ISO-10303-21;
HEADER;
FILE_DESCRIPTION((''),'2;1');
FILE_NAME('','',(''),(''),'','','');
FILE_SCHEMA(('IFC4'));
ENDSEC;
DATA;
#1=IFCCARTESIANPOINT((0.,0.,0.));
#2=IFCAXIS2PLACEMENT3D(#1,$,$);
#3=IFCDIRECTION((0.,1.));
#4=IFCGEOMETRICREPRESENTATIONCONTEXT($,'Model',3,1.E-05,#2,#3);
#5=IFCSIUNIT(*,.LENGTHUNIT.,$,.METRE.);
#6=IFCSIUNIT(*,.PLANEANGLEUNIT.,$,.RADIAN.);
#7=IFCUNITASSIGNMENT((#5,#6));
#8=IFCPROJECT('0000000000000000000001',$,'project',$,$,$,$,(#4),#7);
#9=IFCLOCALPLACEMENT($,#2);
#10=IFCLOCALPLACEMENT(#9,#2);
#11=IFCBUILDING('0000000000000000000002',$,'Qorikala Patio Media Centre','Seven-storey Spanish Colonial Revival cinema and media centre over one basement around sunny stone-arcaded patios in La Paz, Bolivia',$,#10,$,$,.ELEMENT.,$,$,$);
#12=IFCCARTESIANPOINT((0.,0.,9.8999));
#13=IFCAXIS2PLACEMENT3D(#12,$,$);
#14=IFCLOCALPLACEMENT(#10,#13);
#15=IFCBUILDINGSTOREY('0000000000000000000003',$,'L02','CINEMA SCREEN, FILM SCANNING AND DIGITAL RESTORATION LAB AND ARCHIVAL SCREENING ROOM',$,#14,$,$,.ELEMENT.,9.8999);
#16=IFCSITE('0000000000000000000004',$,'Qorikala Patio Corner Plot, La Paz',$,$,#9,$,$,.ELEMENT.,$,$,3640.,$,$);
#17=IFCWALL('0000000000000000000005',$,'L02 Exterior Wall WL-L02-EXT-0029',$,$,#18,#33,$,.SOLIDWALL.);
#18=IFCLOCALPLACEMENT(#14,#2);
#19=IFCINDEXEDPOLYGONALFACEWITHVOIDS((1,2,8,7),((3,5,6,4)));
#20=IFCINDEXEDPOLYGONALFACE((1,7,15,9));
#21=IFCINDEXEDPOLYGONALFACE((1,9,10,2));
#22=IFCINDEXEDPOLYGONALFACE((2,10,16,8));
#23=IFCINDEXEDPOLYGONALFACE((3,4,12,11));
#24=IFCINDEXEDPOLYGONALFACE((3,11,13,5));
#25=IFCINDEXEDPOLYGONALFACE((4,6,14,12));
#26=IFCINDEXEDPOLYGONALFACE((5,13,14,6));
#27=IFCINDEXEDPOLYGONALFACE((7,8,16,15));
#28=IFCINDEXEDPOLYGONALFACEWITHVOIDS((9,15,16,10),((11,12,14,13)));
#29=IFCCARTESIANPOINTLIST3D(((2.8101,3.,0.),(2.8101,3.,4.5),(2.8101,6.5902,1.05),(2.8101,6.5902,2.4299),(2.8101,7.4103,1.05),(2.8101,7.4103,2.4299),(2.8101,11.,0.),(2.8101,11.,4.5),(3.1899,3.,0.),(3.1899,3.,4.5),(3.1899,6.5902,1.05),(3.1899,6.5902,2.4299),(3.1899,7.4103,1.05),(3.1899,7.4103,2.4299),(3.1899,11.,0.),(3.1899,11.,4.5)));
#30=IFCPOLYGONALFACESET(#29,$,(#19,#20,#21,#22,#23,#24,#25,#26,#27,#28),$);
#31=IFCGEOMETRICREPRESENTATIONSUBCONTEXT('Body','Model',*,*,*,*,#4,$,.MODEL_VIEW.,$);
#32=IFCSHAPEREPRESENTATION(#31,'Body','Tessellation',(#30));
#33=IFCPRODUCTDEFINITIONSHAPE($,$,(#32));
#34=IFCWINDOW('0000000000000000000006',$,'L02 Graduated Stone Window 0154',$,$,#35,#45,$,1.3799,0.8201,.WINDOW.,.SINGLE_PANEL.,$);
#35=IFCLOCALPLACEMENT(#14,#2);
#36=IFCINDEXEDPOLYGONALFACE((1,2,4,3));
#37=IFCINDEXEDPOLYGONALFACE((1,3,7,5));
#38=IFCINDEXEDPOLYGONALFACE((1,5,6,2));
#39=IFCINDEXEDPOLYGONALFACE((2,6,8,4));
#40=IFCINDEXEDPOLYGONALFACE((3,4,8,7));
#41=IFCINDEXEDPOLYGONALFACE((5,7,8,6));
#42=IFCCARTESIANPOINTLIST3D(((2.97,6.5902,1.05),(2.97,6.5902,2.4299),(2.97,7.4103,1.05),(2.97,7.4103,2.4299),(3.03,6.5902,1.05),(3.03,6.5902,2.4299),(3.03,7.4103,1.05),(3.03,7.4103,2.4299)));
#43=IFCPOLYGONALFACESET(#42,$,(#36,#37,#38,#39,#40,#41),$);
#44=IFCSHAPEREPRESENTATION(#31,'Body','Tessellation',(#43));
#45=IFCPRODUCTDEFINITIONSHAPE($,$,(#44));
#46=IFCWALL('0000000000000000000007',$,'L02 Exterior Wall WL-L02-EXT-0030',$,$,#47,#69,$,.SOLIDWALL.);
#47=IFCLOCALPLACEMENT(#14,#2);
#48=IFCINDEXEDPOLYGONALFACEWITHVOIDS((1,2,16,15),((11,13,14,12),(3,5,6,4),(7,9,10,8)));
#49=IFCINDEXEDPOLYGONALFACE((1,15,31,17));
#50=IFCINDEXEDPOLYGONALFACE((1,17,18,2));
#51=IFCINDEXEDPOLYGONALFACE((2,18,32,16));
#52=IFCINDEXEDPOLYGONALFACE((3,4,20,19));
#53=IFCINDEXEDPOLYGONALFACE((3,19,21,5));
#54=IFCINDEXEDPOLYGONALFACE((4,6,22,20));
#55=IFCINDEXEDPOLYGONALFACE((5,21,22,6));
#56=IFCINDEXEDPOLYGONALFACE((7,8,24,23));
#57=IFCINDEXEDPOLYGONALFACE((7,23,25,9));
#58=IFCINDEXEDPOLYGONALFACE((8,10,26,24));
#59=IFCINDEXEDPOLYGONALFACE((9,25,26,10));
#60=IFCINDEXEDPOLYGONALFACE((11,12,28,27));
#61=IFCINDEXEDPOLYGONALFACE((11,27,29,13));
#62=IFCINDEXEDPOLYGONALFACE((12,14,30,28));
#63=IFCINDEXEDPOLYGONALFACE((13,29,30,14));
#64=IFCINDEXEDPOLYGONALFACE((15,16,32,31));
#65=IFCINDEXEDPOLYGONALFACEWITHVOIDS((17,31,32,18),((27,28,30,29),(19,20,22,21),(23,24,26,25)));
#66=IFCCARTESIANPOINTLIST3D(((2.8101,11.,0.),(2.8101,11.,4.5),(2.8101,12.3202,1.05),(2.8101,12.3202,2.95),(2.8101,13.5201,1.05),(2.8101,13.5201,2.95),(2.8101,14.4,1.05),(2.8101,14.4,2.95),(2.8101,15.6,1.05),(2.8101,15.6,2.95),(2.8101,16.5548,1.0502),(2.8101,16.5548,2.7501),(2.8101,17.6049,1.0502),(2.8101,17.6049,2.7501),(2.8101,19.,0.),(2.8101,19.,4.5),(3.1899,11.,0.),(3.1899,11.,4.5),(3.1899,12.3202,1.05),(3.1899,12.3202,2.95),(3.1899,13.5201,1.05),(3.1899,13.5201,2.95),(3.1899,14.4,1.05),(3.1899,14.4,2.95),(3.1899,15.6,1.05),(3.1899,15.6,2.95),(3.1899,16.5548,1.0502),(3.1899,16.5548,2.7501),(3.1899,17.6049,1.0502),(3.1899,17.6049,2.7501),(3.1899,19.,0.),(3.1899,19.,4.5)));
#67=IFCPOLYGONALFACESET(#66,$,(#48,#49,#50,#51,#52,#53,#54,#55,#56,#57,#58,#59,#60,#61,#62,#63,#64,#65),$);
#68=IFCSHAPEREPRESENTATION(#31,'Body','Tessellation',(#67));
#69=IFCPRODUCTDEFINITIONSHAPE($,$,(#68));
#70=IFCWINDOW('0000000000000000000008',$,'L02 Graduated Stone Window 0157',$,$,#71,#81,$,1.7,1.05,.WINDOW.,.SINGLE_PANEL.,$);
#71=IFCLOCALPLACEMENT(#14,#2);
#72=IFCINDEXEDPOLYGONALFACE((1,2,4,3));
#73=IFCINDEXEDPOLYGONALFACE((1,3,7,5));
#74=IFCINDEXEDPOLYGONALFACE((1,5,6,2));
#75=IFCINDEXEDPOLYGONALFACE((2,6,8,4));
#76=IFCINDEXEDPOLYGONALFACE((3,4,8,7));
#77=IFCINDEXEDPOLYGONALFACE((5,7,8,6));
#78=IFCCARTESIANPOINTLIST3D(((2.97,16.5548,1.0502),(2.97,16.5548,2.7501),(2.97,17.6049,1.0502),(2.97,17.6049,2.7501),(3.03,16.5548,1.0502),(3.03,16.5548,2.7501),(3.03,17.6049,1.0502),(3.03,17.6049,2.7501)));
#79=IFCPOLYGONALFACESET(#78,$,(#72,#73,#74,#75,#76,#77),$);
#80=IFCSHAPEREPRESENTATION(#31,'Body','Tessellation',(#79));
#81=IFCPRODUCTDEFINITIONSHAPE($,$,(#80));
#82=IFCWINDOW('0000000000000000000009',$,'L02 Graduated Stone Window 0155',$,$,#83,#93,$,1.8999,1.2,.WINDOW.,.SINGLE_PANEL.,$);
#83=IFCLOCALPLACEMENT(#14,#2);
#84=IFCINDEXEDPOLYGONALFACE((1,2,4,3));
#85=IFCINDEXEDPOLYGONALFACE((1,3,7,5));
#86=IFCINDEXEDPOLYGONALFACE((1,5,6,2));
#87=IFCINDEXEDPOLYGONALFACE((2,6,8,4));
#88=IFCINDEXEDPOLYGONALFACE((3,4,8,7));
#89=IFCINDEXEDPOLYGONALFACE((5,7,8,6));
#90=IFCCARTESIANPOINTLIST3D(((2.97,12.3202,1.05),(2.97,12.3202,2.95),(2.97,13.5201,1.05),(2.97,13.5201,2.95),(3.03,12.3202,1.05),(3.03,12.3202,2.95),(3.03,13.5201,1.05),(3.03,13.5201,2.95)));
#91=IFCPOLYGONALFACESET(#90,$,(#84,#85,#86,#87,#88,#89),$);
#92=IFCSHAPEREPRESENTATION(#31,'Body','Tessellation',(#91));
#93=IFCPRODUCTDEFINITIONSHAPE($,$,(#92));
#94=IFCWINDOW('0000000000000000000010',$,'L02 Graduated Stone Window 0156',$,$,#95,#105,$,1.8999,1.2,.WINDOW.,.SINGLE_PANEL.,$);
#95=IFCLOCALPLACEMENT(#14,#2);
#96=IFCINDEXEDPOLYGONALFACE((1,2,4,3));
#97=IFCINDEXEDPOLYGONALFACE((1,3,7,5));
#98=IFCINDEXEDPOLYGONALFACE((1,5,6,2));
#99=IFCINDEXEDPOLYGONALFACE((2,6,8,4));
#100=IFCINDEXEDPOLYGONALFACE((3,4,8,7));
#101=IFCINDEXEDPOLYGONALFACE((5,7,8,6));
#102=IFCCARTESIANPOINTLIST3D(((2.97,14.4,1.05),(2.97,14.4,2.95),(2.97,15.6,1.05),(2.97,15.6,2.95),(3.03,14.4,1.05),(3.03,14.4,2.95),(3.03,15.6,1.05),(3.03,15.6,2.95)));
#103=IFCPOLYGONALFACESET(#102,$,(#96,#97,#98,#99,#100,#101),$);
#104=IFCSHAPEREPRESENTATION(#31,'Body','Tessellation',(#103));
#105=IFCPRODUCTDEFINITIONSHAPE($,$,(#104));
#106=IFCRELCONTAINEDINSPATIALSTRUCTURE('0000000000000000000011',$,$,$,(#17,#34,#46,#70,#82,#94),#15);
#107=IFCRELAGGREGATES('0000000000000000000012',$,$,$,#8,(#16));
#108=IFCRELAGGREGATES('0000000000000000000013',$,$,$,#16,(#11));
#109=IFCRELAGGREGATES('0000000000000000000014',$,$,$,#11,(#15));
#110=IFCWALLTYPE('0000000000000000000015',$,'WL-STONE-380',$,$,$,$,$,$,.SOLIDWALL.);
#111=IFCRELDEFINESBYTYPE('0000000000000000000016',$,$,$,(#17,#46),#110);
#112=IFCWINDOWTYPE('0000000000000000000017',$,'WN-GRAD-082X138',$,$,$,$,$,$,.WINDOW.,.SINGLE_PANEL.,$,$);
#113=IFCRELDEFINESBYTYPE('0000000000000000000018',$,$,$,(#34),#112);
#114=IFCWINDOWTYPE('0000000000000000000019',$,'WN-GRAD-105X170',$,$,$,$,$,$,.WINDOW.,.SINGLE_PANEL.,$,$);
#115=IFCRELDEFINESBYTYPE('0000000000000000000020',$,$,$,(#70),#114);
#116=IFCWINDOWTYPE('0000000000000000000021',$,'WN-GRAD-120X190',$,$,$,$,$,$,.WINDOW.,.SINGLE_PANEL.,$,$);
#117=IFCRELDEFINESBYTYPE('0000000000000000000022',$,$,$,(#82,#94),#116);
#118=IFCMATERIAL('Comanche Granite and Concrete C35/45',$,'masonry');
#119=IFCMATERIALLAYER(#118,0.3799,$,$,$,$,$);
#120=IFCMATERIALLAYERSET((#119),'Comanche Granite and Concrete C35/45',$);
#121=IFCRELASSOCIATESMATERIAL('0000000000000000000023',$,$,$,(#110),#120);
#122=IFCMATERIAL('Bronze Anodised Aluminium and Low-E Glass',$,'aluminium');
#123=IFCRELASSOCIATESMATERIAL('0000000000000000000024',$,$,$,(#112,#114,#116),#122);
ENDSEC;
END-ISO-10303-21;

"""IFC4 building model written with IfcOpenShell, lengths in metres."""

from ifc_helpers import new_model, si_unit, direction, frame, frame_2d, origin, place, context, subcontext, project, spatial, rectangle, extrude, material, layer, layer_set, type_object, element, fill, save


model = new_model("IFC4")

# Units and contexts
model_context = context("Model", 3, precision=1e-05, world=origin(), true_north=direction((0.0, 1.0)))
body_context = subcontext(model_context, "Body", "Model", "MODEL_VIEW")
ifc_project = project(units=[si_unit("LENGTHUNIT", "METRE"), si_unit("PLANEANGLEUNIT", "RADIAN")], contexts=[model_context])

# Site, building, storey
site_placement = place(None, origin())
site = spatial("IfcSite", under=ifc_project, at=site_placement, Name="Qorikala Patio Corner Plot, La Paz", CompositionType="ELEMENT", RefElevation=3640.0)
building_placement = place(site_placement, origin())
building = spatial("IfcBuilding", under=site, at=building_placement, Name="Qorikala Patio Media Centre", Description="Seven-storey Spanish Colonial Revival cinema and media centre over one basement around sunny stone-arcaded patios in La Paz, Bolivia", CompositionType="ELEMENT")
storey_placement = place(building_placement, frame((0.0, 0.0, 9.8999)))
storey = spatial("IfcBuildingStorey", under=building, at=storey_placement, Name="L02", Description="CINEMA SCREEN, FILM SCANNING AND DIGITAL RESTORATION LAB AND ARCHIVAL SCREENING ROOM", CompositionType="ELEMENT", Elevation=9.8999)

# Wall, opening, window
ifc_material_1 = material(Name="Comanche Granite and Concrete C35/45", Category="masonry")
ifc_layer_1 = layer(ifc_material_1, 0.3799)
ifc_layer_set_1 = layer_set([ifc_layer_1], Name="Comanche Granite and Concrete C35/45")
wall_type_1 = type_object("IfcWallType", Name="WL-STONE-380", PredefinedType="SOLIDWALL", material=ifc_layer_set_1)
wall_1_placement = place(storey_placement, frame((3.0, 3.0, 0.0), z_axis=(0.0, 0.0, 1.0), x_axis=(0.0, 1.0, 0.0)))
wall_1 = element("IfcWall", 1, at=wall_1_placement, inside=storey, type_object=wall_type_1, Name="L02 Exterior Wall WL-L02-EXT-0029", PredefinedType="SOLIDWALL", context=body_context, shape_type="SweptSolid", body=[
    extrude(rectangle(XDim=8.0, YDim=0.3799, at=frame_2d((4.0, 0.0))), origin(), (0.0, 0.0, 1.0), 4.5),
])
opening_1_placement = place(wall_1_placement, frame((3.5901, 0.0, 1.05)))
opening_1 = element("IfcOpeningElement", 2, at=opening_1_placement, cuts=wall_1, PredefinedType="OPENING", context=body_context, shape_type="SweptSolid", body=[
    extrude(rectangle(XDim=0.8201, YDim=1.3799, at=frame_2d((0.4102, 0.6899))), frame((0.0, 0.2, 0.0), z_axis=(0.0, -1.0, 0.0), x_axis=(1.0, 0.0, 0.0)), (0.0, 0.0, 1.0), 0.3999),
])
ifc_material_2 = material(Name="Bronze Anodised Aluminium and Low-E Glass", Category="aluminium")
window_type_1 = type_object("IfcWindowType", Name="WN-GRAD-082X138", PartitioningType="SINGLE_PANEL", PredefinedType="WINDOW", material=ifc_material_2)
window_1_placement = place(opening_1_placement, origin())
window_1 = element("IfcWindow", 3, at=window_1_placement, inside=storey, type_object=window_type_1, Name="L02 Graduated Stone Window 0154", OverallHeight=1.3799, OverallWidth=0.8201, PartitioningType="SINGLE_PANEL", PredefinedType="WINDOW", context=body_context, shape_type="SweptSolid", body=[
    extrude(rectangle(XDim=0.8201, YDim=1.3799, at=frame_2d((0.4102, 0.6899))), frame((0.0, 0.03, 0.0), z_axis=(0.0, -1.0, 0.0), x_axis=(1.0, 0.0, 0.0)), (0.0, 0.0, 1.0), 0.0601),
])
fill(opening_1, window_1)

# Wall, openings, windows
wall_2_placement = place(storey_placement, frame((3.0, 11.0, 0.0), z_axis=(0.0, 0.0, 1.0), x_axis=(0.0, 1.0, 0.0)))
wall_2 = element("IfcWall", 4, at=wall_2_placement, inside=storey, type_object=wall_type_1, Name="L02 Exterior Wall WL-L02-EXT-0030", PredefinedType="SOLIDWALL", context=body_context, shape_type="SweptSolid", body=[
    extrude(rectangle(XDim=8.0, YDim=0.3799, at=frame_2d((4.0, 0.0))), origin(), (0.0, 0.0, 1.0), 4.5),
])
opening_2_placement = place(wall_2_placement, frame((1.3201, 0.0, 1.05)))
opening_2 = element("IfcOpeningElement", 5, at=opening_2_placement, cuts=wall_2, PredefinedType="OPENING", context=body_context, shape_type="SweptSolid", body=[
    extrude(rectangle(XDim=1.2, YDim=1.8999, at=frame_2d((0.6001, 0.95))), frame((0.0, 0.2, 0.0), z_axis=(0.0, -1.0, 0.0), x_axis=(1.0, 0.0, 0.0)), (0.0, 0.0, 1.0), 0.3999),
])
opening_3_placement = place(wall_2_placement, frame((3.3999, 0.0, 1.05)))
opening_3 = element("IfcOpeningElement", 6, at=opening_3_placement, cuts=wall_2, PredefinedType="OPENING", context=body_context, shape_type="SweptSolid", body=[
    extrude(rectangle(XDim=1.2, YDim=1.8999, at=frame_2d((0.6001, 0.95))), frame((0.0, 0.2, 0.0), z_axis=(0.0, -1.0, 0.0), x_axis=(1.0, 0.0, 0.0)), (0.0, 0.0, 1.0), 0.3999),
])
opening_4_placement = place(wall_2_placement, frame((5.5549, 0.0, 1.05)))
opening_4 = element("IfcOpeningElement", 7, at=opening_4_placement, cuts=wall_2, PredefinedType="OPENING", context=body_context, shape_type="SweptSolid", body=[
    extrude(rectangle(XDim=1.05, YDim=1.7, at=frame_2d((0.5249, 0.8501))), frame((0.0, 0.2, 0.0), z_axis=(0.0, -1.0, 0.0), x_axis=(1.0, 0.0, 0.0)), (0.0, 0.0, 1.0), 0.3999),
])
window_type_2 = type_object("IfcWindowType", Name="WN-GRAD-105X170", PartitioningType="SINGLE_PANEL", PredefinedType="WINDOW", material=ifc_material_2)
window_2_placement = place(opening_4_placement, origin())
window_2 = element("IfcWindow", 8, at=window_2_placement, inside=storey, type_object=window_type_2, Name="L02 Graduated Stone Window 0157", OverallHeight=1.7, OverallWidth=1.05, PartitioningType="SINGLE_PANEL", PredefinedType="WINDOW", context=body_context, shape_type="SweptSolid", body=[
    extrude(rectangle(XDim=1.05, YDim=1.7, at=frame_2d((0.5249, 0.8501))), frame((0.0, 0.03, 0.0), z_axis=(0.0, -1.0, 0.0), x_axis=(1.0, 0.0, 0.0)), (0.0, 0.0, 1.0), 0.0601),
])
fill(opening_4, window_2)
window_type_3 = type_object("IfcWindowType", Name="WN-GRAD-120X190", PartitioningType="SINGLE_PANEL", PredefinedType="WINDOW", material=ifc_material_2)
window_3_placement = place(opening_2_placement, origin())
window_3 = element("IfcWindow", 9, at=window_3_placement, inside=storey, type_object=window_type_3, Name="L02 Graduated Stone Window 0155", OverallHeight=1.8999, OverallWidth=1.2, PartitioningType="SINGLE_PANEL", PredefinedType="WINDOW", context=body_context, shape_type="SweptSolid", body=[
    extrude(rectangle(XDim=1.2, YDim=1.8999, at=frame_2d((0.6001, 0.95))), frame((0.0, 0.03, 0.0), z_axis=(0.0, -1.0, 0.0), x_axis=(1.0, 0.0, 0.0)), (0.0, 0.0, 1.0), 0.0601),
])
fill(opening_2, window_3)
window_4_placement = place(opening_3_placement, origin())
window_4 = element("IfcWindow", 10, at=window_4_placement, inside=storey, type_object=window_type_3, Name="L02 Graduated Stone Window 0156", OverallHeight=1.8999, OverallWidth=1.2, PartitioningType="SINGLE_PANEL", PredefinedType="WINDOW", context=body_context, shape_type="SweptSolid", body=[
    extrude(rectangle(XDim=1.2, YDim=1.8999, at=frame_2d((0.6001, 0.95))), frame((0.0, 0.03, 0.0), z_axis=(0.0, -1.0, 0.0), x_axis=(1.0, 0.0, 0.0)), (0.0, 0.0, 1.0), 0.0601),
])
fill(opening_3, window_4)

save(model, "model.ifc")
